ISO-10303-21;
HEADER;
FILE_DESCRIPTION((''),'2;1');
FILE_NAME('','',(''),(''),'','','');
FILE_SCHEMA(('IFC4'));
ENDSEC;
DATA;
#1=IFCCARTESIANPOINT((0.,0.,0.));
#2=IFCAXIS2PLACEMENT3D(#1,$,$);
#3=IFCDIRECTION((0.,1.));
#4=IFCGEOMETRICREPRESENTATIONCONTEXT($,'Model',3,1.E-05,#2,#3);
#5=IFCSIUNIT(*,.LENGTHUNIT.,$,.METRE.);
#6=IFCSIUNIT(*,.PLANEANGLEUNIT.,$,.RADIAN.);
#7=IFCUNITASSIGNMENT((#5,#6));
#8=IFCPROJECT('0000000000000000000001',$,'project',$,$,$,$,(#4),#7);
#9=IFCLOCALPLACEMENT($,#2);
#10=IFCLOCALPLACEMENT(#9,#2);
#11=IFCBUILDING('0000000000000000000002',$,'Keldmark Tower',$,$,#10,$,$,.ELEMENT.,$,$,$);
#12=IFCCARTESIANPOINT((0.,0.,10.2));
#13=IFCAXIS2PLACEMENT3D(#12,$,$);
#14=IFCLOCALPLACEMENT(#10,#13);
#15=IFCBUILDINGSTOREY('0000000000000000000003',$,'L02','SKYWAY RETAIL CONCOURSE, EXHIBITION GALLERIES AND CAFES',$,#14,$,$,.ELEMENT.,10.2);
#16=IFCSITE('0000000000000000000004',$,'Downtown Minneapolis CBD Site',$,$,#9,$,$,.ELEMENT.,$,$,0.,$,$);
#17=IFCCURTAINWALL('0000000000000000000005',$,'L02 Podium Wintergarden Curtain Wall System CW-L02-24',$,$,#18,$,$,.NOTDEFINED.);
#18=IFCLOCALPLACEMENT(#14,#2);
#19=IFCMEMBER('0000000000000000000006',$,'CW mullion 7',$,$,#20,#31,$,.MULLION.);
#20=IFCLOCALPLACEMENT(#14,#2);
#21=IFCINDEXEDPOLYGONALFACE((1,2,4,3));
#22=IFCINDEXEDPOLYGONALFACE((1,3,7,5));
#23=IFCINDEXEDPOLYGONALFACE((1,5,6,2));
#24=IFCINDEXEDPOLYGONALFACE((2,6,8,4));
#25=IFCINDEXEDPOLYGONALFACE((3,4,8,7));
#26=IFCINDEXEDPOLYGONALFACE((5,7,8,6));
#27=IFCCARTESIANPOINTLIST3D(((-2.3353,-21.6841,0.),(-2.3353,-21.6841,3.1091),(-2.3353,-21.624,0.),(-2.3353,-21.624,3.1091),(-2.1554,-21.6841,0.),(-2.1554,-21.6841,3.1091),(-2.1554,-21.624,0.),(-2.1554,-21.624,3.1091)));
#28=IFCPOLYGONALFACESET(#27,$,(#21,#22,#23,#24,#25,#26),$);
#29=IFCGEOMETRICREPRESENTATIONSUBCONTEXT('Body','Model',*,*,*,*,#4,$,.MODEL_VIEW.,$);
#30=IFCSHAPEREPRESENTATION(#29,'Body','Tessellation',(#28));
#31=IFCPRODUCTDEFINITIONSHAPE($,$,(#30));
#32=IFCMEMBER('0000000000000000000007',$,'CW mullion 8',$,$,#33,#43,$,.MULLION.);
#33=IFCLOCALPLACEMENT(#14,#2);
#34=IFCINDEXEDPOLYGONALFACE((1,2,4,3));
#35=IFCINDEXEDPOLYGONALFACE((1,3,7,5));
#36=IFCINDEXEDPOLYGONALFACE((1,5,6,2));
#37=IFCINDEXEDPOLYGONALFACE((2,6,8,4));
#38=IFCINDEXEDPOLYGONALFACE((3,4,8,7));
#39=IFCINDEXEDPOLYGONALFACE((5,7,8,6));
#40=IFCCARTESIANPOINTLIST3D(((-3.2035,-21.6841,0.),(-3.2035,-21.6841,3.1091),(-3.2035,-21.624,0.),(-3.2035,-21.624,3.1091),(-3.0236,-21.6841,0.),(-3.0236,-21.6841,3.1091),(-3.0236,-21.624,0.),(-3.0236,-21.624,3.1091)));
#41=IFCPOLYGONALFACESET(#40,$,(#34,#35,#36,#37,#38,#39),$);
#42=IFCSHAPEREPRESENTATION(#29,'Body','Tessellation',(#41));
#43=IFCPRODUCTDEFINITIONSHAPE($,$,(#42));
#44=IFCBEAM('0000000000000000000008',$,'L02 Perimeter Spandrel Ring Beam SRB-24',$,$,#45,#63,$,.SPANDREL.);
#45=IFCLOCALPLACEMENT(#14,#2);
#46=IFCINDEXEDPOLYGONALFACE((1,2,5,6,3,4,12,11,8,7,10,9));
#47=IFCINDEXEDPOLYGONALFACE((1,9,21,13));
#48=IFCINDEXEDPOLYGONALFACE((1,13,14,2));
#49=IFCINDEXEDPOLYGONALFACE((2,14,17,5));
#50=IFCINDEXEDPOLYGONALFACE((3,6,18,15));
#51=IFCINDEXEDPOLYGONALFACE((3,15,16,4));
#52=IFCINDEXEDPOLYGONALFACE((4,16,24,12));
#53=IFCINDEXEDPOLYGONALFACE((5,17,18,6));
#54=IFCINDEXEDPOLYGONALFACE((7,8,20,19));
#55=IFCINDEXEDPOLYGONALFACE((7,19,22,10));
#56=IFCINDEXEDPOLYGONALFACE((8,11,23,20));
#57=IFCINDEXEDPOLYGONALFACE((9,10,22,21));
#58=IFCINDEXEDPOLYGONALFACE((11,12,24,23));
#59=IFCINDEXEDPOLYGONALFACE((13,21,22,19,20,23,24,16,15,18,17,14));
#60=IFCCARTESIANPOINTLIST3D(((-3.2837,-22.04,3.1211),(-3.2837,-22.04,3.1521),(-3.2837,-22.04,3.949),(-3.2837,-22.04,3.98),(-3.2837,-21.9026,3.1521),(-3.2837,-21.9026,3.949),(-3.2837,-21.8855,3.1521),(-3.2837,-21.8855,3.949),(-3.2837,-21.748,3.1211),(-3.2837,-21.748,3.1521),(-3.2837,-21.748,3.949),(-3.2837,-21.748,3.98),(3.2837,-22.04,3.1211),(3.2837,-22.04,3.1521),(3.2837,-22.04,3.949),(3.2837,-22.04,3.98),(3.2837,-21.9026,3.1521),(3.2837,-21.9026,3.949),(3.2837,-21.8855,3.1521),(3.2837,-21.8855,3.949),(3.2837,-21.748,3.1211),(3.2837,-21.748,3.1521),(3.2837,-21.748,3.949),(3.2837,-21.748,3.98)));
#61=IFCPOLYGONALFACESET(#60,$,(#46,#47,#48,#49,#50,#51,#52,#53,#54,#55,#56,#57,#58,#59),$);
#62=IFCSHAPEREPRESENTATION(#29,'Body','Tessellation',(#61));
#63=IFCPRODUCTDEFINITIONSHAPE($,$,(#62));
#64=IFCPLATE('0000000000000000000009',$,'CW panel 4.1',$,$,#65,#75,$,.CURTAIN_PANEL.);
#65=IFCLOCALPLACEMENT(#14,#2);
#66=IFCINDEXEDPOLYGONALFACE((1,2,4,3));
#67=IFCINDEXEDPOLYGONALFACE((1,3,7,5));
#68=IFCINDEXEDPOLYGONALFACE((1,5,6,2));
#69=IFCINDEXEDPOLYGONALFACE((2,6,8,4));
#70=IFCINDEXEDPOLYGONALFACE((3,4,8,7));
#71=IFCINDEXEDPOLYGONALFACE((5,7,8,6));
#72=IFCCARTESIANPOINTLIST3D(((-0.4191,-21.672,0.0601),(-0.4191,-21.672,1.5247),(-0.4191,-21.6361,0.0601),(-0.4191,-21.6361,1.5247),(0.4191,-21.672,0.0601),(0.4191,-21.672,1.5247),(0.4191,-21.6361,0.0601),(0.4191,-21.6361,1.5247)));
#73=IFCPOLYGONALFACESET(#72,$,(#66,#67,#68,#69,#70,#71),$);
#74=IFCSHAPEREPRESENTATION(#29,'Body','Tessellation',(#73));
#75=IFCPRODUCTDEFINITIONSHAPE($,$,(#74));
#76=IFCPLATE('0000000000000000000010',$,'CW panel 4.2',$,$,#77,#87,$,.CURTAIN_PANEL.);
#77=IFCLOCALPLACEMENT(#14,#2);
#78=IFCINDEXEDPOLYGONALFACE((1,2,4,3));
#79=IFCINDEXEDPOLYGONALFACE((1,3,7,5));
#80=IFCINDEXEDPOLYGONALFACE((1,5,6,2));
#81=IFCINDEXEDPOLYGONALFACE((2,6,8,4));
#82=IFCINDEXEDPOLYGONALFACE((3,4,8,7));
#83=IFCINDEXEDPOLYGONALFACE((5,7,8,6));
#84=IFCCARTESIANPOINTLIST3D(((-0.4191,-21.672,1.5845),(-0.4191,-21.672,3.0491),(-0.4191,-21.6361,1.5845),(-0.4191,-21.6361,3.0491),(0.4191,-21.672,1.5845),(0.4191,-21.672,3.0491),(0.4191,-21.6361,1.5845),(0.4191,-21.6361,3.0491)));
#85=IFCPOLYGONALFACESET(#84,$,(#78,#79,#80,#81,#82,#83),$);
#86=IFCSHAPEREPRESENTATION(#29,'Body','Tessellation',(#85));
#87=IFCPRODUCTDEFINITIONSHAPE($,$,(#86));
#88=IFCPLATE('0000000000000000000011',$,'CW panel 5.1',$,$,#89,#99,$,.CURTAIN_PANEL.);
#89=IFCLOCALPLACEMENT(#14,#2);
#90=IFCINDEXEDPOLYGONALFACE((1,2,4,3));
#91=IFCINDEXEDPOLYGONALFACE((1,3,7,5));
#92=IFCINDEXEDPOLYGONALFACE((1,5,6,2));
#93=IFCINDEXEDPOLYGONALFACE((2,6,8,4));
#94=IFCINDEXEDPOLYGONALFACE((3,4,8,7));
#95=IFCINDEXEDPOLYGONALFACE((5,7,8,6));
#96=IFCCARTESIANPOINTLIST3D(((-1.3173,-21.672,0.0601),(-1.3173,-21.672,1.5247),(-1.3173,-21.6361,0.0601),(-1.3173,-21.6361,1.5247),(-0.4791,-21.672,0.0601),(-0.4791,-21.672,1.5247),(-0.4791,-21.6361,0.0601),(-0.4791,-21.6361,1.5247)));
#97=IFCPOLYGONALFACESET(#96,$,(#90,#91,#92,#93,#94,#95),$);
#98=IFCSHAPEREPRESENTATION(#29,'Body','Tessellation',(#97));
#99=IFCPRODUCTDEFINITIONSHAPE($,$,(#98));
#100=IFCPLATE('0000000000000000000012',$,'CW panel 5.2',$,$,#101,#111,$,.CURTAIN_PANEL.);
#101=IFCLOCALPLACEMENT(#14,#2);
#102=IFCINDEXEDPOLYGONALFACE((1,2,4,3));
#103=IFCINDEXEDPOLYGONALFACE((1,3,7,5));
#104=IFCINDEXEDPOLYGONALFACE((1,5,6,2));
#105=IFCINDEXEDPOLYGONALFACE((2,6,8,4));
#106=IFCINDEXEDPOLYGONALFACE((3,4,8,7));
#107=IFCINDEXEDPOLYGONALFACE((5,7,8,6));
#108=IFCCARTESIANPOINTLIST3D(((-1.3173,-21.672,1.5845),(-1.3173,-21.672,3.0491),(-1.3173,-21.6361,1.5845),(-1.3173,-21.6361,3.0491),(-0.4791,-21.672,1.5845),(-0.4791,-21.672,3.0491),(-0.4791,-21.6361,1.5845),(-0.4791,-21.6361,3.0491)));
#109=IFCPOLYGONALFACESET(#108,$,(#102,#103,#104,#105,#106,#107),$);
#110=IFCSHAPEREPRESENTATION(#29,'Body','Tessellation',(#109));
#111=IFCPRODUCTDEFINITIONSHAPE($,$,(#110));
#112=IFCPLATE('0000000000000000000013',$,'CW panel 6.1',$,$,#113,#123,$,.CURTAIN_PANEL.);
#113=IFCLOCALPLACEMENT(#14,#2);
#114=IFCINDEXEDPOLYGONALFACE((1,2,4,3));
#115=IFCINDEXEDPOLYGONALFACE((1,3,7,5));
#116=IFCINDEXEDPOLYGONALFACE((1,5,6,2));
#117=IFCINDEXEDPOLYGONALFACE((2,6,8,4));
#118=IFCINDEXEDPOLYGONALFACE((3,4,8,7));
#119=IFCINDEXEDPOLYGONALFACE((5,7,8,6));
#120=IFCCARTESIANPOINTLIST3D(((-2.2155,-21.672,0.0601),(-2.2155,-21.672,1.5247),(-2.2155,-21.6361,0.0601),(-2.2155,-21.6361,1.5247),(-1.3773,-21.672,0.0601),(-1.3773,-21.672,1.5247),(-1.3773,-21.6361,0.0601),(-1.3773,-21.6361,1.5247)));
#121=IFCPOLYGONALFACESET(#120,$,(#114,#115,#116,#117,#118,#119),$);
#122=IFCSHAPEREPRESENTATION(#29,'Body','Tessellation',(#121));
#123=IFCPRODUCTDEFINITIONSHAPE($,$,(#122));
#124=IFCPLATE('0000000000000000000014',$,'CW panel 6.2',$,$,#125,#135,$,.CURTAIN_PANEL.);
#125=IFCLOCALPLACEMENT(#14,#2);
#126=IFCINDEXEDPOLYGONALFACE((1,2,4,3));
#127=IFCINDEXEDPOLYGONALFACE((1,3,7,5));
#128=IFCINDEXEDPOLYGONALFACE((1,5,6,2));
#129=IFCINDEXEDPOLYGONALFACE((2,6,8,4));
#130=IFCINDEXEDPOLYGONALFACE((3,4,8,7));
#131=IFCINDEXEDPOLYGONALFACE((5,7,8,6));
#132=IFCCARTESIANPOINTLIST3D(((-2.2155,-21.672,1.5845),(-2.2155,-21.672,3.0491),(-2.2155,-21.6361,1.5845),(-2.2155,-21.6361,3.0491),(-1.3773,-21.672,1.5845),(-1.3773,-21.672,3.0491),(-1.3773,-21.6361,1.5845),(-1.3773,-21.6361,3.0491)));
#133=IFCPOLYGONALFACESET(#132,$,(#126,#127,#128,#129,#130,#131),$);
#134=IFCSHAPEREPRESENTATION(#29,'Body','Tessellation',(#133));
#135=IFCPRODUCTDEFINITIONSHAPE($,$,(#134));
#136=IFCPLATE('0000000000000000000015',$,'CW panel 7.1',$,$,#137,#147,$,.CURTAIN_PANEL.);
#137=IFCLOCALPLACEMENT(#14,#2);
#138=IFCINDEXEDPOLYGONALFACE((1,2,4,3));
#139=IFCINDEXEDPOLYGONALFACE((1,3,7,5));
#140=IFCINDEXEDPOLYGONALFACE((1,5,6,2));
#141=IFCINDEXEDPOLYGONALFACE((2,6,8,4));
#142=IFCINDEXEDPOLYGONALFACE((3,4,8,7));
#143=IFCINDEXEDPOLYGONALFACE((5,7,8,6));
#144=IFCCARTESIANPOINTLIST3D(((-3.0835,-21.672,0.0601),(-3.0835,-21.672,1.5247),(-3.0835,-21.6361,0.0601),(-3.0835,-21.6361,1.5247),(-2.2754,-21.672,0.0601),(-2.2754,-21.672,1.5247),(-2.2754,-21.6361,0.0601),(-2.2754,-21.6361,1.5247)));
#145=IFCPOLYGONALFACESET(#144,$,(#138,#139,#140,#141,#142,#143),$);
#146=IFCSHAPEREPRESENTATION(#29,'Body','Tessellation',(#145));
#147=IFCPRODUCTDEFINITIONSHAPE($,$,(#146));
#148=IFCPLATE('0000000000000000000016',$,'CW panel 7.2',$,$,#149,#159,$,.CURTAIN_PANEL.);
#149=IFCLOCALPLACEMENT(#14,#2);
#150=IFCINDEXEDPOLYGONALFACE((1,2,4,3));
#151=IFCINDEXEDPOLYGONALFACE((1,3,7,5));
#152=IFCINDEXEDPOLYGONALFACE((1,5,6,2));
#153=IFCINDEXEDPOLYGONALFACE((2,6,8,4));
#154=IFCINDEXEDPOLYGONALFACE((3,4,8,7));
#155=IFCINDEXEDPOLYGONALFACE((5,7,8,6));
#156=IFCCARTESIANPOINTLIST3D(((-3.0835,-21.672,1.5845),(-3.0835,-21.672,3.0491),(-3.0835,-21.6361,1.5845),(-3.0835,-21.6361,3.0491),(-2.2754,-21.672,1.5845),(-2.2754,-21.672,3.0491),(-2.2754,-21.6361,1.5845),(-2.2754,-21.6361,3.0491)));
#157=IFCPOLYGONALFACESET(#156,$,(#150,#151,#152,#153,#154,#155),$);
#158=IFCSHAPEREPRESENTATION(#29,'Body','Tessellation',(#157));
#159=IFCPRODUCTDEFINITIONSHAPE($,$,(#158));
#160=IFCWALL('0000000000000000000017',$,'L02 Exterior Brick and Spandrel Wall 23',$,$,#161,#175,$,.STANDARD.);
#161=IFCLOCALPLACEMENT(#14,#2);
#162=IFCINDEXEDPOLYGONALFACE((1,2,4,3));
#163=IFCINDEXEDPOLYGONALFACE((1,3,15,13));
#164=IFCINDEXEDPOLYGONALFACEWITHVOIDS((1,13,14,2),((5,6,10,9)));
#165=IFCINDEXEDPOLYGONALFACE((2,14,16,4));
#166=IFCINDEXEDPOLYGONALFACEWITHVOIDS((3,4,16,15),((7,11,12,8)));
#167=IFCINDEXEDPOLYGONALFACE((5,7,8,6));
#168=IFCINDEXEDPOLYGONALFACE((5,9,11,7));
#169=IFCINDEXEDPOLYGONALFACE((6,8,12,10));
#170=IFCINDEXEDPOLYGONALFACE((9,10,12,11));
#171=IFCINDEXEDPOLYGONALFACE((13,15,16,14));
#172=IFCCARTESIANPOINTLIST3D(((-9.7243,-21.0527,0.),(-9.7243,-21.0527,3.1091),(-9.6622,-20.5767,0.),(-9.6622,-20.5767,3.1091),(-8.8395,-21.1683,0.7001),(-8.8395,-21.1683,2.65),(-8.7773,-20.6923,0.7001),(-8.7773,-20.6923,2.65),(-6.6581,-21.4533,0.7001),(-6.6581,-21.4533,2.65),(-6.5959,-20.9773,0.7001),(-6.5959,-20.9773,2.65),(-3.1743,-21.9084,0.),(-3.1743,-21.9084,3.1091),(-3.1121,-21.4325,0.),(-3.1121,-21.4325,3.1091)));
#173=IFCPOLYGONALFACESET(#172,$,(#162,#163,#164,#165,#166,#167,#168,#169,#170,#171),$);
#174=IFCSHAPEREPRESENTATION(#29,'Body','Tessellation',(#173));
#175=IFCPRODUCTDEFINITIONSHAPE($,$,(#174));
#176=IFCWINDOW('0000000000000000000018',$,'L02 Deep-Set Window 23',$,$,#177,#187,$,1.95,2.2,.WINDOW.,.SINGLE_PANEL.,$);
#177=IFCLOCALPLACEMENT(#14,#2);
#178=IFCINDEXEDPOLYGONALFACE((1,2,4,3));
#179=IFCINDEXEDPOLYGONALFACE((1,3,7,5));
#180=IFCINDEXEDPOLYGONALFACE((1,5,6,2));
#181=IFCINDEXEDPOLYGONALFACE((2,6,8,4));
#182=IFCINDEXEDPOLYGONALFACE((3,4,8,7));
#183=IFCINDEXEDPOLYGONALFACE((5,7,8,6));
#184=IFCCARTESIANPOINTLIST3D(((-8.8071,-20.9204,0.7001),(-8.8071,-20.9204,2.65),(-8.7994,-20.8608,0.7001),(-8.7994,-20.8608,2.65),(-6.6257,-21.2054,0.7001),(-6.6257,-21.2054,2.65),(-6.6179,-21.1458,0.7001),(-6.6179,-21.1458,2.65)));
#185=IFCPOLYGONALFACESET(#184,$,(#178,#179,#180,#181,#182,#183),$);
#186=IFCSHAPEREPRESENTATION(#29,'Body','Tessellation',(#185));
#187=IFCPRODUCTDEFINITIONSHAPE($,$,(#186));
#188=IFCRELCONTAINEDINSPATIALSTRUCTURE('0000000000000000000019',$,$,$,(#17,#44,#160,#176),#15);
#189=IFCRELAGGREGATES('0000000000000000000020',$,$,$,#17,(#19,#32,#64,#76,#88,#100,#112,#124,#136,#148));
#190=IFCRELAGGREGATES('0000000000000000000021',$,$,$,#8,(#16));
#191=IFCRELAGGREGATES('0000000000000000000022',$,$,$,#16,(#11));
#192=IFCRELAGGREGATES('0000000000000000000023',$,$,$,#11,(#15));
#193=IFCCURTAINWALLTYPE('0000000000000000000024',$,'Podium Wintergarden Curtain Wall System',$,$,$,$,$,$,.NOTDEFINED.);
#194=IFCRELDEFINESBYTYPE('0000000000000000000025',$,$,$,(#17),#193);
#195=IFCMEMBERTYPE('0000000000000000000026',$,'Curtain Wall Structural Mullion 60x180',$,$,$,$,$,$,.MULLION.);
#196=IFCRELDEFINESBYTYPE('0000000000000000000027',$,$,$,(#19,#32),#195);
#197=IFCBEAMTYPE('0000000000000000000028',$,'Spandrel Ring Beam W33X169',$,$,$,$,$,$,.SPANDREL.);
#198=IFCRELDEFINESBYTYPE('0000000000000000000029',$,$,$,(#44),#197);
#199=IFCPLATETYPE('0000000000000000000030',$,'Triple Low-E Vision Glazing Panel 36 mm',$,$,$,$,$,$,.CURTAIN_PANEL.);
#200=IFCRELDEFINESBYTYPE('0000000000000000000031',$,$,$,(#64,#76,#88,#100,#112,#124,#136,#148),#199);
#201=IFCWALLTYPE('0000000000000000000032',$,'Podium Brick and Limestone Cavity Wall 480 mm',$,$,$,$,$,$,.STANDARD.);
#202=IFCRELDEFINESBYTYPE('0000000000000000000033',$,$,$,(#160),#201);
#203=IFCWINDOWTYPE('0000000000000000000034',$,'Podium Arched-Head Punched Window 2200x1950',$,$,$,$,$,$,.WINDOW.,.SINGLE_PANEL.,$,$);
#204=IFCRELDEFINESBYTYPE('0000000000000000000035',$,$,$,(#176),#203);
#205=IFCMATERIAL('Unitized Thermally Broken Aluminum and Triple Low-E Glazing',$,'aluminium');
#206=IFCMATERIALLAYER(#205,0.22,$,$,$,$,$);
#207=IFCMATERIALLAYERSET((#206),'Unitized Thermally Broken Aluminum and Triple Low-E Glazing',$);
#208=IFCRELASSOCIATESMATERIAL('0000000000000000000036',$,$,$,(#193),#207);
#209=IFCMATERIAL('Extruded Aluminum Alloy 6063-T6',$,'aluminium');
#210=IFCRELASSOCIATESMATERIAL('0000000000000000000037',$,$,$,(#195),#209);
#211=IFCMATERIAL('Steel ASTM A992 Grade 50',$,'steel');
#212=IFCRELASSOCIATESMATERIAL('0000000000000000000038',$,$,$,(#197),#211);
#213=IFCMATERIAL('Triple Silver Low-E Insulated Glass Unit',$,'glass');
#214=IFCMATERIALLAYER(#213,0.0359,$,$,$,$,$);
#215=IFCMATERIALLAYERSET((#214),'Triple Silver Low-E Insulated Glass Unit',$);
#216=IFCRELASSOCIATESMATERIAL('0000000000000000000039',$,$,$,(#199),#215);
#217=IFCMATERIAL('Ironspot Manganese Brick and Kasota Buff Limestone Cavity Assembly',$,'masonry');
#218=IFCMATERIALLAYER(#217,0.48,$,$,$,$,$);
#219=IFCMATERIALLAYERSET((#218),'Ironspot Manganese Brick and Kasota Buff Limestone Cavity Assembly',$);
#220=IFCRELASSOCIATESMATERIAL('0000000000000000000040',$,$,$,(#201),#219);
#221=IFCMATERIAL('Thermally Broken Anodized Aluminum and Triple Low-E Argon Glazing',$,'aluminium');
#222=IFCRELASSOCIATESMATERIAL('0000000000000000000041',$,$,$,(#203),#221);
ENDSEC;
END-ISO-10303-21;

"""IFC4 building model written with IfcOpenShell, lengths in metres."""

from ifc_helpers import new_model, si_unit, direction, frame, frame_2d, origin, origin_2d, place, context, subcontext, project, spatial, rectangle, i_section, extrude, material, layer, layer_set, material_profile, profile_set, type_object, element, fill, aggregate, save


model = new_model("IFC4")

# Units and contexts
model_context = context("Model", 3, precision=1e-05, world=origin(), true_north=direction((0.0, 1.0)))
body_context = subcontext(model_context, "Body", "Model", "MODEL_VIEW")
ifc_project = project(units=[si_unit("LENGTHUNIT", "METRE"), si_unit("PLANEANGLEUNIT", "RADIAN")], contexts=[model_context])

# Site, building, storey
site_placement = place(None, origin())
site = spatial("IfcSite", under=ifc_project, at=site_placement, Name="Downtown Minneapolis CBD Site", CompositionType="ELEMENT", RefElevation=0.0)
building_placement = place(site_placement, origin())
building = spatial("IfcBuilding", under=site, at=building_placement, Name="Keldmark Tower", CompositionType="ELEMENT")
storey_placement = place(building_placement, frame((0.0, 0.0, 10.2)))
storey = spatial("IfcBuildingStorey", under=building, at=storey_placement, Name="L02", Description="SKYWAY RETAIL CONCOURSE, EXHIBITION GALLERIES AND CAFES", CompositionType="ELEMENT", Elevation=10.2)

# Curtain wall, members
ifc_material_1 = material(Name="Unitized Thermally Broken Aluminum and Triple Low-E Glazing", Category="aluminium")
ifc_layer_1 = layer(ifc_material_1, 0.22)
ifc_layer_set_1 = layer_set([ifc_layer_1], Name="Unitized Thermally Broken Aluminum and Triple Low-E Glazing")
curtain_wall_type = type_object("IfcCurtainWallType", Name="Podium Wintergarden Curtain Wall System", PredefinedType="NOTDEFINED", material=ifc_layer_set_1)
curtain_wall_placement = place(storey_placement, origin())
curtain_wall = element("IfcCurtainWall", 1, at=curtain_wall_placement, inside=storey, type_object=curtain_wall_type, Name="L02 Podium Wintergarden Curtain Wall System CW-L02-24", PredefinedType="NOTDEFINED")
ifc_material_2 = material(Name="Extruded Aluminum Alloy 6063-T6", Category="aluminium")
ifc_material_profile_1 = material_profile(ifc_material_2, rectangle(XDim=0.0601, YDim=0.1799, at=origin_2d()), Name="CWM60X180")
ifc_profile_set_1 = profile_set([ifc_material_profile_1], Name="Extruded Aluminum Alloy 6063-T6")
member_type_1 = type_object("IfcMemberType", Name="Curtain Wall Structural Mullion 60x180", PredefinedType="MULLION", material=ifc_profile_set_1)
member_1_placement = place(storey_placement, frame((-2.2454, -21.6541, 0.0), z_axis=(0.0, 0.0, 1.0), x_axis=(0.0, -1.0, 0.0)))
member_1 = element("IfcMember", 2, at=member_1_placement, type_object=member_type_1, Name="CW mullion 7", PredefinedType="MULLION", context=body_context, shape_type="SweptSolid", body=[
    extrude(rectangle(XDim=0.0601, YDim=0.1799, at=origin_2d()), origin(), (0.0, 0.0, 1.0), 3.1091),
])
member_2_placement = place(storey_placement, frame((-3.1135, -21.6541, 0.0), z_axis=(0.0, 0.0, 1.0), x_axis=(0.0, -1.0, 0.0)))
member_2 = element("IfcMember", 3, at=member_2_placement, type_object=member_type_1, Name="CW mullion 8", PredefinedType="MULLION", context=body_context, shape_type="SweptSolid", body=[
    extrude(rectangle(XDim=0.0601, YDim=0.1799, at=origin_2d()), origin(), (0.0, 0.0, 1.0), 3.1091),
])

# Beam
ifc_material_3 = material(Name="Steel ASTM A992 Grade 50", Category="steel")
ifc_material_profile_2 = material_profile(ifc_material_3, i_section(OverallWidth=0.292, OverallDepth=0.8589, WebThickness=0.0171, FlangeThickness=0.031, at=origin_2d()), Name="W33X169")
ifc_profile_set_2 = profile_set([ifc_material_profile_2], Name="Steel ASTM A992 Grade 50")
beam_type = type_object("IfcBeamType", Name="Spandrel Ring Beam W33X169", PredefinedType="SPANDREL", material=ifc_profile_set_2)
beam_placement = place(storey_placement, frame((-3.2837, -21.894, 3.5505), z_axis=(1.0, 0.0, 0.0), x_axis=(0.0, 1.0, 0.0)))
element("IfcBeam", 4, at=beam_placement, inside=storey, type_object=beam_type, Name="L02 Perimeter Spandrel Ring Beam SRB-24", PredefinedType="SPANDREL", context=body_context, shape_type="SweptSolid", body=[
    extrude(i_section(OverallWidth=0.292, OverallDepth=0.8589, WebThickness=0.0171, FlangeThickness=0.031, at=origin_2d()), origin(), (0.0, 0.0, 1.0), 6.5674),
])

# Plates
ifc_material_4 = material(Name="Triple Silver Low-E Insulated Glass Unit", Category="glass")
ifc_layer_2 = layer(ifc_material_4, 0.0359)
ifc_layer_set_2 = layer_set([ifc_layer_2], Name="Triple Silver Low-E Insulated Glass Unit")
plate_type = type_object("IfcPlateType", Name="Triple Low-E Vision Glazing Panel 36 mm", PredefinedType="CURTAIN_PANEL", material=ifc_layer_set_2)
plate_1_placement = place(storey_placement, frame((0.0, -21.6541, 0.0601), z_axis=(0.0, 0.0, 1.0), x_axis=(-1.0, 0.0, 0.0)))
plate_1 = element("IfcPlate", 5, at=plate_1_placement, type_object=plate_type, Name="CW panel 4.1", PredefinedType="CURTAIN_PANEL", context=body_context, shape_type="SweptSolid", body=[
    extrude(rectangle(XDim=0.8381, YDim=0.0359, at=origin_2d()), origin(), (0.0, 0.0, 1.0), 1.4646),
])
plate_2_placement = place(storey_placement, frame((0.0, -21.6541, 1.5845), z_axis=(0.0, 0.0, 1.0), x_axis=(-1.0, 0.0, 0.0)))
plate_2 = element("IfcPlate", 6, at=plate_2_placement, type_object=plate_type, Name="CW panel 4.2", PredefinedType="CURTAIN_PANEL", context=body_context, shape_type="SweptSolid", body=[
    extrude(rectangle(XDim=0.8381, YDim=0.0359, at=origin_2d()), origin(), (0.0, 0.0, 1.0), 1.4646),
])
plate_3_placement = place(storey_placement, frame((-0.8982, -21.6541, 0.0601), z_axis=(0.0, 0.0, 1.0), x_axis=(-1.0, 0.0, 0.0)))
plate_3 = element("IfcPlate", 7, at=plate_3_placement, type_object=plate_type, Name="CW panel 5.1", PredefinedType="CURTAIN_PANEL", context=body_context, shape_type="SweptSolid", body=[
    extrude(rectangle(XDim=0.8381, YDim=0.0359, at=origin_2d()), origin(), (0.0, 0.0, 1.0), 1.4646),
])
plate_4_placement = place(storey_placement, frame((-0.8982, -21.6541, 1.5845), z_axis=(0.0, 0.0, 1.0), x_axis=(-1.0, 0.0, 0.0)))
plate_4 = element("IfcPlate", 8, at=plate_4_placement, type_object=plate_type, Name="CW panel 5.2", PredefinedType="CURTAIN_PANEL", context=body_context, shape_type="SweptSolid", body=[
    extrude(rectangle(XDim=0.8381, YDim=0.0359, at=origin_2d()), origin(), (0.0, 0.0, 1.0), 1.4646),
])
plate_5_placement = place(storey_placement, frame((-1.7964, -21.6541, 0.0601), z_axis=(0.0, 0.0, 1.0), x_axis=(-1.0, 0.0, 0.0)))
plate_5 = element("IfcPlate", 9, at=plate_5_placement, type_object=plate_type, Name="CW panel 6.1", PredefinedType="CURTAIN_PANEL", context=body_context, shape_type="SweptSolid", body=[
    extrude(rectangle(XDim=0.8381, YDim=0.0359, at=origin_2d()), origin(), (0.0, 0.0, 1.0), 1.4646),
])
plate_6_placement = place(storey_placement, frame((-1.7964, -21.6541, 1.5845), z_axis=(0.0, 0.0, 1.0), x_axis=(-1.0, 0.0, 0.0)))
plate_6 = element("IfcPlate", 10, at=plate_6_placement, type_object=plate_type, Name="CW panel 6.2", PredefinedType="CURTAIN_PANEL", context=body_context, shape_type="SweptSolid", body=[
    extrude(rectangle(XDim=0.8381, YDim=0.0359, at=origin_2d()), origin(), (0.0, 0.0, 1.0), 1.4646),
])
plate_7_placement = place(storey_placement, frame((-2.6794, -21.6541, 0.0601), z_axis=(0.0, 0.0, 1.0), x_axis=(-1.0, 0.0, 0.0)))
plate_7 = element("IfcPlate", 11, at=plate_7_placement, type_object=plate_type, Name="CW panel 7.1", PredefinedType="CURTAIN_PANEL", context=body_context, shape_type="SweptSolid", body=[
    extrude(rectangle(XDim=0.8081, YDim=0.0359, at=origin_2d()), origin(), (0.0, 0.0, 1.0), 1.4646),
])
plate_8_placement = place(storey_placement, frame((-2.6794, -21.6541, 1.5845), z_axis=(0.0, 0.0, 1.0), x_axis=(-1.0, 0.0, 0.0)))
plate_8 = element("IfcPlate", 12, at=plate_8_placement, type_object=plate_type, Name="CW panel 7.2", PredefinedType="CURTAIN_PANEL", context=body_context, shape_type="SweptSolid", body=[
    extrude(rectangle(XDim=0.8081, YDim=0.0359, at=origin_2d()), origin(), (0.0, 0.0, 1.0), 1.4646),
])
aggregate(curtain_wall, [member_1, member_2, plate_1, plate_2, plate_3, plate_4, plate_5, plate_6, plate_7, plate_8])

# Wall, opening, window
ifc_material_5 = material(Name="Ironspot Manganese Brick and Kasota Buff Limestone Cavity Assembly", Category="masonry")
ifc_layer_3 = layer(ifc_material_5, 0.48)
ifc_layer_set_3 = layer_set([ifc_layer_3], Name="Ironspot Manganese Brick and Kasota Buff Limestone Cavity Assembly")
wall_type = type_object("IfcWallType", Name="Podium Brick and Limestone Cavity Wall 480 mm", PredefinedType="STANDARD", material=ifc_layer_set_3)
wall_placement = place(storey_placement, frame((-3.1433, -21.6704, 0.0), z_axis=(0.0, 0.0, 1.0), x_axis=(-0.991574, 0.129541, 0.0)))
wall = element("IfcWall", 13, at=wall_placement, inside=storey, type_object=wall_type, Name="L02 Exterior Brick and Spandrel Wall 23", PredefinedType="STANDARD", context=body_context, shape_type="SweptSolid", body=[
    extrude(rectangle(XDim=6.6057, YDim=0.48, at=frame_2d((3.3027, 0.0))), origin(), (0.0, 0.0, 1.0), 3.1091),
])
opening_placement = place(wall_placement, frame((3.5132, 0.0, 0.7)))
opening = element("IfcOpeningElement", 14, at=opening_placement, cuts=wall, PredefinedType="OPENING", context=body_context, shape_type="SweptSolid", body=[
    extrude(rectangle(XDim=2.2, YDim=1.95, at=frame_2d((1.1001, 0.9751))), frame((0.0, 0.25, 0.0), z_axis=(0.0, -1.0, 0.0), x_axis=(1.0, 0.0, 0.0)), (0.0, 0.0, 1.0), 0.5),
])
ifc_material_6 = material(Name="Thermally Broken Anodized Aluminum and Triple Low-E Argon Glazing", Category="aluminium")
window_type = type_object("IfcWindowType", Name="Podium Arched-Head Punched Window 2200x1950", PartitioningType="SINGLE_PANEL", PredefinedType="WINDOW", material=ifc_material_6)
window_placement = place(opening_placement, origin())
window = element("IfcWindow", 15, at=window_placement, inside=storey, type_object=window_type, Name="L02 Deep-Set Window 23", OverallHeight=1.95, OverallWidth=2.2, PartitioningType="SINGLE_PANEL", PredefinedType="WINDOW", context=body_context, shape_type="SweptSolid", body=[
    extrude(rectangle(XDim=2.2, YDim=1.95, at=frame_2d((1.1001, 0.9751))), frame((0.0, -0.01, 0.0), z_axis=(0.0, -1.0, 0.0), x_axis=(1.0, 0.0, 0.0)), (0.0, 0.0, 1.0), 0.0601),
])
fill(opening, window)

save(model, "model.ifc")
